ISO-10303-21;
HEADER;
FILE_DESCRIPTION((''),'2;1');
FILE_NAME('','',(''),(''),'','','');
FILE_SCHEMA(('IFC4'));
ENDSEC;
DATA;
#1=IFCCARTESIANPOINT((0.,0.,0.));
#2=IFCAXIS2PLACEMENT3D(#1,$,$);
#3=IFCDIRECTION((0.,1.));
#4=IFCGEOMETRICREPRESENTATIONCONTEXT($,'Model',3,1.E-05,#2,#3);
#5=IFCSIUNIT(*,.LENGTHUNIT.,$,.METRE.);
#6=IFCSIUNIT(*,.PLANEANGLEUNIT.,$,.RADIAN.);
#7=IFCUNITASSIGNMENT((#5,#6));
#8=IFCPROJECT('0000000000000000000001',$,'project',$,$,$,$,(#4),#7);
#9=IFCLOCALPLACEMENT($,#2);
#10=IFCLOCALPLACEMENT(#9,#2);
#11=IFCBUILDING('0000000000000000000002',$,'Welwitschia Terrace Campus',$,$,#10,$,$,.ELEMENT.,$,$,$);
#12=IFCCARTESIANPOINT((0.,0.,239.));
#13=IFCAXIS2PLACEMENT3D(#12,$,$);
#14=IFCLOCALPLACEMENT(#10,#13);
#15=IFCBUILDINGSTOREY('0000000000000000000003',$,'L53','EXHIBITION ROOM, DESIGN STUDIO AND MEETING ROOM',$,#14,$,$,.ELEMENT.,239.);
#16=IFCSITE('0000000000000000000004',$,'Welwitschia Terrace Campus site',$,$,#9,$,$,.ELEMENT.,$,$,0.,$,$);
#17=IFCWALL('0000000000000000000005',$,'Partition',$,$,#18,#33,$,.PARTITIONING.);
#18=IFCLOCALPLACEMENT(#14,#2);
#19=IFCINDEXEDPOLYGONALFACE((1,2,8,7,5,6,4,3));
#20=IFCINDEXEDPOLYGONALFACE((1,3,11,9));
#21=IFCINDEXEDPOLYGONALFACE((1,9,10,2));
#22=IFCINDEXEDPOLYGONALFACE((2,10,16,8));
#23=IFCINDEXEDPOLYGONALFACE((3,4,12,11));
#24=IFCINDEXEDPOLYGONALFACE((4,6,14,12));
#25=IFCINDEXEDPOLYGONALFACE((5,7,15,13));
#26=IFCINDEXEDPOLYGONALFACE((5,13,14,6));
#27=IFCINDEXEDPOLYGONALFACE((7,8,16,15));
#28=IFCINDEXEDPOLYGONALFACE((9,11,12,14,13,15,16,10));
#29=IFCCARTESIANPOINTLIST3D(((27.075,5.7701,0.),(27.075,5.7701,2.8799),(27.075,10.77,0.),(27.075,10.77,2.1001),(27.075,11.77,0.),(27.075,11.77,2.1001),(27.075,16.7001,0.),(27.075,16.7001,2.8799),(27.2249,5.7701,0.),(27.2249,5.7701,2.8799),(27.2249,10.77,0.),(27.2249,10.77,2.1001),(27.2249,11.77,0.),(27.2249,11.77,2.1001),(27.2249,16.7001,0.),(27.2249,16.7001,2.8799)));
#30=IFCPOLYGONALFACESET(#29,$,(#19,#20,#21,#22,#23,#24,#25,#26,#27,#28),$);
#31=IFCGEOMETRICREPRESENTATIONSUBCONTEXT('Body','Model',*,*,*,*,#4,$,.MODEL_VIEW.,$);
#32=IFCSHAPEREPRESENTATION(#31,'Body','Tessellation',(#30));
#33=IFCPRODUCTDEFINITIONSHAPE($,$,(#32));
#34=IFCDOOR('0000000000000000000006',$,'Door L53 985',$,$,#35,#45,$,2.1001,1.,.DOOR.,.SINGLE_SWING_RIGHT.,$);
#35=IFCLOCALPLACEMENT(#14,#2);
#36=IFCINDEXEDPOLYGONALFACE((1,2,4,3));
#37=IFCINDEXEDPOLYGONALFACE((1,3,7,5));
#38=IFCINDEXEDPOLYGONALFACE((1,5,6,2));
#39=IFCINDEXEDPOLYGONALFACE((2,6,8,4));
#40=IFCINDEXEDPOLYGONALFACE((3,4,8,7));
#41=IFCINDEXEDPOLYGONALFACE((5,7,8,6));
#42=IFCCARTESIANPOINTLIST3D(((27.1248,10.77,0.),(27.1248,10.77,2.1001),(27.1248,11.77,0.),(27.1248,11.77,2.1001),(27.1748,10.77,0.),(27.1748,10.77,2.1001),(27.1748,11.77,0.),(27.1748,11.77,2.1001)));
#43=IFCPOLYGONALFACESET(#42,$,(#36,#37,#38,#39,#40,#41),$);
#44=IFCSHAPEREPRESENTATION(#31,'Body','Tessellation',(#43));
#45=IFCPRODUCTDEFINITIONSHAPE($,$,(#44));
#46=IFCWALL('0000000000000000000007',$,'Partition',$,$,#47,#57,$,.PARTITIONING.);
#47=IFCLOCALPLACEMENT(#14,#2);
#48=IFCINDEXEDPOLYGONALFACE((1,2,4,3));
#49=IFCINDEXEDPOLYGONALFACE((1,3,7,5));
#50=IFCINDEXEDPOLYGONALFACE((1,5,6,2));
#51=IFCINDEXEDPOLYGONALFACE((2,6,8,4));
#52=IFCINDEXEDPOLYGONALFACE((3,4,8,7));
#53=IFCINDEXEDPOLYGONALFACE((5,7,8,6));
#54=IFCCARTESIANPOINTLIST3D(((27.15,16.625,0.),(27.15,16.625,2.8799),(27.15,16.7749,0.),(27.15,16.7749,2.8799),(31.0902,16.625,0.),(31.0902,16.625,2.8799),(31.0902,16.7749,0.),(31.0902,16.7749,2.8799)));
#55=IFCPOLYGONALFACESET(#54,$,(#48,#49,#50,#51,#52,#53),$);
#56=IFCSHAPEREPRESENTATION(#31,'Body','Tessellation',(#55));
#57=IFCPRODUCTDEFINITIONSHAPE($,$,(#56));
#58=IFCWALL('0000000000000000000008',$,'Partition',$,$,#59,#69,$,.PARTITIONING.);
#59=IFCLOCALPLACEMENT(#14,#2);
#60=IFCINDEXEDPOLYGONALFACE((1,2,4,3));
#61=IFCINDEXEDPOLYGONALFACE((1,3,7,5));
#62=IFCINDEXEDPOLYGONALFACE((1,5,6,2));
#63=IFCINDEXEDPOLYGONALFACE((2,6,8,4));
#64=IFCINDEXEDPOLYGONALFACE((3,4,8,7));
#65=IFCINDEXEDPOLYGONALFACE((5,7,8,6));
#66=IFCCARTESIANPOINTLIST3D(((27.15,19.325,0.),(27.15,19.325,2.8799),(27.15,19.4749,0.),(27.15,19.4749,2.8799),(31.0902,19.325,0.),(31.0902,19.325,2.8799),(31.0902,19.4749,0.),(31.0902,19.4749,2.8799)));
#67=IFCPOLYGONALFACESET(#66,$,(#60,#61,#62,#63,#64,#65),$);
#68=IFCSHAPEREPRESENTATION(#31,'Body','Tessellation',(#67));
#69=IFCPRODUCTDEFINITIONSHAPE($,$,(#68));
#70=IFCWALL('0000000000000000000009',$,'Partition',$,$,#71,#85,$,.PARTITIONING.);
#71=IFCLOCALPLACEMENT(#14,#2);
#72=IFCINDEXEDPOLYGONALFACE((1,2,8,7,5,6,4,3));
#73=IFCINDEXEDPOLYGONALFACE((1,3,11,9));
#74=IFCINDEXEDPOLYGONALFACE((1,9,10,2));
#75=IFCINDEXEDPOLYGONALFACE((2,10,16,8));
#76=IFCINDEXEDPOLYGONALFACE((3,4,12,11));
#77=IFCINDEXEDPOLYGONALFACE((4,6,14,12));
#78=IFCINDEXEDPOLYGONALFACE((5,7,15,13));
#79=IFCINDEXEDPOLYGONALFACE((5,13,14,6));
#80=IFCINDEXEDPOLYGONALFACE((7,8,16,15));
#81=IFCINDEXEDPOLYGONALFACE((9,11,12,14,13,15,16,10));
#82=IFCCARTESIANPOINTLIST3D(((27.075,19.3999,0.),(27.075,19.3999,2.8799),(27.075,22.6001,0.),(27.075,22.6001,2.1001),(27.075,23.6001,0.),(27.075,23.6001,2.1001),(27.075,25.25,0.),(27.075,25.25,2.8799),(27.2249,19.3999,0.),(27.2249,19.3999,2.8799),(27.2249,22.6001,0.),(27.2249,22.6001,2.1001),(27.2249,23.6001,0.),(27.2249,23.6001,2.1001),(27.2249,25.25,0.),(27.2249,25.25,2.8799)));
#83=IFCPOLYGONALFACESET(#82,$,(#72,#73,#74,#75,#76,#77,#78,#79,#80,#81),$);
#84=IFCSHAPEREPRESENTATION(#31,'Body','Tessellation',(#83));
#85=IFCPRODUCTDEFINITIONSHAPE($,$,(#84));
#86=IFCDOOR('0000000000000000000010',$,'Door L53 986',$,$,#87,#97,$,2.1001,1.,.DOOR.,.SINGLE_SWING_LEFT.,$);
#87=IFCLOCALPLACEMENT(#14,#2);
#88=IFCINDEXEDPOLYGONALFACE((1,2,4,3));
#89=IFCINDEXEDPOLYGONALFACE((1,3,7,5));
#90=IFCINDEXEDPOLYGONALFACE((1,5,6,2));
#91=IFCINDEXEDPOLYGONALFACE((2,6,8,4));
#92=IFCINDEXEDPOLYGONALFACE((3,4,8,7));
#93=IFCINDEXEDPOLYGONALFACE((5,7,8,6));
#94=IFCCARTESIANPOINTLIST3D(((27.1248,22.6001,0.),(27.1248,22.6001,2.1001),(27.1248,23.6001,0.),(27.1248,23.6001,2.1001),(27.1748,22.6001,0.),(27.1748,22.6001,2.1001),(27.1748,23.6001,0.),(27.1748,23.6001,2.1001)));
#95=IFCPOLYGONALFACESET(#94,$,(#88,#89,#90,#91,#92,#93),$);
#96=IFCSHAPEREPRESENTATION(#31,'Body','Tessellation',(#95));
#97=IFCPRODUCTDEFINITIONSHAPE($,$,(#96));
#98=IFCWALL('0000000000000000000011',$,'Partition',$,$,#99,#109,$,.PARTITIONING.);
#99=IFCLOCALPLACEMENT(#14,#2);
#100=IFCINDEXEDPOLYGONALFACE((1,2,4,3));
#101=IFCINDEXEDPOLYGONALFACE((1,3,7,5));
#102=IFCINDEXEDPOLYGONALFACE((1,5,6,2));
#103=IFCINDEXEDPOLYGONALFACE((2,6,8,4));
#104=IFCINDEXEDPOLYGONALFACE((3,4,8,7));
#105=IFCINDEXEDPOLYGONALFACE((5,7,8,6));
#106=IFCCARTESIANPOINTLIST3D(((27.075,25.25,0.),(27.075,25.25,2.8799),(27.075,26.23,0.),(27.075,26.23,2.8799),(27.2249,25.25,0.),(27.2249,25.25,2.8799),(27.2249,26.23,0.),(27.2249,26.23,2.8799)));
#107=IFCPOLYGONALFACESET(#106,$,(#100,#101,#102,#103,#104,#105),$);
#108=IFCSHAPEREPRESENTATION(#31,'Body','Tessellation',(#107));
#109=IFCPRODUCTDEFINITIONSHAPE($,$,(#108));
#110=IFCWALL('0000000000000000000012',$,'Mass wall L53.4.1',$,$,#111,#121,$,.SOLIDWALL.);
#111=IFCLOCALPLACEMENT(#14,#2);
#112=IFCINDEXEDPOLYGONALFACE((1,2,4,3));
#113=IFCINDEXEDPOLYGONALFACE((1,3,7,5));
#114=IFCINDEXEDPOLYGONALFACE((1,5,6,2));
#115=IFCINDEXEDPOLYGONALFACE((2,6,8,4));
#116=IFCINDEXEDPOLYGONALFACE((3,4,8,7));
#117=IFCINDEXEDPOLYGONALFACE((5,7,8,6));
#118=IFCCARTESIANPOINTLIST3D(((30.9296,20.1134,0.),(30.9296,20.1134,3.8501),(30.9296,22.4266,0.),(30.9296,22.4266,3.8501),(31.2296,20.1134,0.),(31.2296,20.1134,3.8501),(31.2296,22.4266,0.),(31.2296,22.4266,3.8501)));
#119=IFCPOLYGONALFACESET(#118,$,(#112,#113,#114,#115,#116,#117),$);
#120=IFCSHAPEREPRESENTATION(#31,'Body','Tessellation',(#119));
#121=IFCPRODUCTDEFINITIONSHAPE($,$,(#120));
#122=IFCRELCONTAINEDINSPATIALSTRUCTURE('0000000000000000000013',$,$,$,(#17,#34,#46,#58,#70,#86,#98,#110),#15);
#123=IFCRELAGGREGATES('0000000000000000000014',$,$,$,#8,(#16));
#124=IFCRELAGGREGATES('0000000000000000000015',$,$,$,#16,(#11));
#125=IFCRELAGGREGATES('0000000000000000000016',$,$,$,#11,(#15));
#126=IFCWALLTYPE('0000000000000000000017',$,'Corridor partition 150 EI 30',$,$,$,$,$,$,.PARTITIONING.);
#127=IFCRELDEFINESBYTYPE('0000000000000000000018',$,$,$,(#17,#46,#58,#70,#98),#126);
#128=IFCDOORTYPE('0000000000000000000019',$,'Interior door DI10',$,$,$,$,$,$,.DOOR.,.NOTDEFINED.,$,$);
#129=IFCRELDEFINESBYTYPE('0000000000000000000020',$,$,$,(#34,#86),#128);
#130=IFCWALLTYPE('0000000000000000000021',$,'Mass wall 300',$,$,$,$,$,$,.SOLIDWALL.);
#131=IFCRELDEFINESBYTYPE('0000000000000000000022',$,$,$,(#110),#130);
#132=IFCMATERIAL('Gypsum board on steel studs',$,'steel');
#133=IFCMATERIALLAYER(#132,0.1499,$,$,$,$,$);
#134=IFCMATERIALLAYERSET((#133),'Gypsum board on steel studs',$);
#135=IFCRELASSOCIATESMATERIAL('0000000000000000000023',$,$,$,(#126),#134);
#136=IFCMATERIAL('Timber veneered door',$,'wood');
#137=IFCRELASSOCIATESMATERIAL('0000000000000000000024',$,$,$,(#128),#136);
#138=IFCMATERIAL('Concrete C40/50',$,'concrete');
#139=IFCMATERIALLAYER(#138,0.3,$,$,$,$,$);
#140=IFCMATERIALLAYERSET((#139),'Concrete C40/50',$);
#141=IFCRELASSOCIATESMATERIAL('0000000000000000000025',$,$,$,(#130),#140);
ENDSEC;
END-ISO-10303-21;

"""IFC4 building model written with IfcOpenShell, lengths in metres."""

from ifc_helpers import new_model, si_unit, direction, frame, frame_2d, origin, place, context, subcontext, project, spatial, rectangle, extrude, material, layer, layer_set, type_object, element, fill, save


model = new_model("IFC4")

# Units and contexts
model_context = context("Model", 3, precision=1e-05, world=origin(), true_north=direction((0.0, 1.0)))
body_context = subcontext(model_context, "Body", "Model", "MODEL_VIEW")
ifc_project = project(units=[si_unit("LENGTHUNIT", "METRE"), si_unit("PLANEANGLEUNIT", "RADIAN")], contexts=[model_context])

# Site, building, storey
site_placement = place(None, origin())
site = spatial("IfcSite", under=ifc_project, at=site_placement, Name="Welwitschia Terrace Campus site", CompositionType="ELEMENT", RefElevation=0.0)
building_placement = place(site_placement, origin())
building = spatial("IfcBuilding", under=site, at=building_placement, Name="Welwitschia Terrace Campus", CompositionType="ELEMENT")
storey_placement = place(building_placement, frame((0.0, 0.0, 239.0)))
storey = spatial("IfcBuildingStorey", under=building, at=storey_placement, Name="L53", Description="EXHIBITION ROOM, DESIGN STUDIO AND MEETING ROOM", CompositionType="ELEMENT", Elevation=239.0)

# Wall, opening, door
ifc_material_1 = material(Name="Gypsum board on steel studs", Category="steel")
ifc_layer_1 = layer(ifc_material_1, 0.1499)
ifc_layer_set_1 = layer_set([ifc_layer_1], Name="Gypsum board on steel studs")
wall_type_1 = type_object("IfcWallType", Name="Corridor partition 150 EI 30", PredefinedType="PARTITIONING", material=ifc_layer_set_1)
wall_1_placement = place(storey_placement, frame((27.1499, 16.7, 0.0), z_axis=(0.0, 0.0, 1.0), x_axis=(0.0, -1.0, 0.0)))
wall_1 = element("IfcWall", 1, at=wall_1_placement, inside=storey, type_object=wall_type_1, Name="Partition", PredefinedType="PARTITIONING", context=body_context, shape_type="SweptSolid", body=[
    extrude(rectangle(XDim=10.9299, YDim=0.1499, at=frame_2d((5.4648, 0.0))), origin(), (0.0, 0.0, 1.0), 2.8799),
])
opening_1_placement = place(wall_1_placement, frame((4.9299, 0.0, 0.0)))
opening_1 = element("IfcOpeningElement", 2, at=opening_1_placement, cuts=wall_1, PredefinedType="OPENING", context=body_context, shape_type="SweptSolid", body=[
    extrude(rectangle(XDim=1.0, YDim=2.1001, at=frame_2d((0.5, 1.05))), frame((0.0, 0.085, 0.0), z_axis=(0.0, -1.0, 0.0), x_axis=(1.0, 0.0, 0.0)), (0.0, 0.0, 1.0), 0.1699),
])
ifc_material_2 = material(Name="Timber veneered door", Category="wood")
door_type = type_object("IfcDoorType", Name="Interior door DI10", OperationType="NOTDEFINED", PredefinedType="DOOR", material=ifc_material_2)
door_1_placement = place(opening_1_placement, origin())
door_1 = element("IfcDoor", 3, at=door_1_placement, inside=storey, type_object=door_type, Name="Door L53 985", OperationType="SINGLE_SWING_RIGHT", OverallHeight=2.1001, OverallWidth=1.0, PredefinedType="DOOR", context=body_context, shape_type="SweptSolid", body=[
    extrude(rectangle(XDim=1.0, YDim=2.1001, at=frame_2d((0.5, 1.05))), frame((0.0, 0.0249, 0.0), z_axis=(0.0, -1.0, 0.0), x_axis=(1.0, 0.0, 0.0)), (0.0, 0.0, 1.0), 0.05),
])
fill(opening_1, door_1)

# Walls
for number, where, z_axis, x_axis, name in (
    (4, (27.1499, 16.7, 0.0), (0.0, 0.0, 1.0), (1.0, 0.0, 0.0), "Partition"),
    (5, (27.1499, 19.3999, 0.0), (0.0, 0.0, 1.0), (1.0, 0.0, 0.0), "Partition"),
):
    element("IfcWall", number, at=place(storey_placement, frame(where, z_axis=z_axis, x_axis=x_axis)), inside=storey, type_object=wall_type_1, Name=name, PredefinedType="PARTITIONING", context=body_context, shape_type="SweptSolid", body=[
        extrude(rectangle(XDim=3.9402, YDim=0.1499, at=frame_2d((1.9702, 0.0))), origin(), (0.0, 0.0, 1.0), 2.8799),
    ])

# Wall, opening, door
wall_2_placement = place(storey_placement, frame((27.1499, 25.25, 0.0), z_axis=(0.0, 0.0, 1.0), x_axis=(0.0, -1.0, 0.0)))
wall_2 = element("IfcWall", 6, at=wall_2_placement, inside=storey, type_object=wall_type_1, Name="Partition", PredefinedType="PARTITIONING", context=body_context, shape_type="SweptSolid", body=[
    extrude(rectangle(XDim=5.8501, YDim=0.1499, at=frame_2d((2.925, 0.0))), origin(), (0.0, 0.0, 1.0), 2.8799),
])
opening_2_placement = place(wall_2_placement, frame((1.6499, 0.0, 0.0)))
opening_2 = element("IfcOpeningElement", 7, at=opening_2_placement, cuts=wall_2, PredefinedType="OPENING", context=body_context, shape_type="SweptSolid", body=[
    extrude(rectangle(XDim=1.0, YDim=2.1001, at=frame_2d((0.5, 1.05))), frame((0.0, 0.085, 0.0), z_axis=(0.0, -1.0, 0.0), x_axis=(1.0, 0.0, 0.0)), (0.0, 0.0, 1.0), 0.1699),
])
door_2_placement = place(opening_2_placement, origin())
door_2 = element("IfcDoor", 8, at=door_2_placement, inside=storey, type_object=door_type, Name="Door L53 986", OperationType="SINGLE_SWING_LEFT", OverallHeight=2.1001, OverallWidth=1.0, PredefinedType="DOOR", context=body_context, shape_type="SweptSolid", body=[
    extrude(rectangle(XDim=1.0, YDim=2.1001, at=frame_2d((0.5, 1.05))), frame((0.0, 0.0249, 0.0), z_axis=(0.0, -1.0, 0.0), x_axis=(1.0, 0.0, 0.0)), (0.0, 0.0, 1.0), 0.05),
])
fill(opening_2, door_2)

# Walls
wall_3_placement = place(storey_placement, frame((27.1499, 25.25, 0.0), z_axis=(0.0, 0.0, 1.0), x_axis=(0.0, 1.0, 0.0)))
element("IfcWall", 9, at=wall_3_placement, inside=storey, type_object=wall_type_1, Name="Partition", PredefinedType="PARTITIONING", context=body_context, shape_type="SweptSolid", body=[
    extrude(rectangle(XDim=0.98, YDim=0.1499, at=frame_2d((0.49, 0.0))), origin(), (0.0, 0.0, 1.0), 2.8799),
])
ifc_material_3 = material(Name="Concrete C40/50", Category="concrete")
ifc_layer_2 = layer(ifc_material_3, 0.3)
ifc_layer_set_2 = layer_set([ifc_layer_2], Name="Concrete C40/50")
wall_type_2 = type_object("IfcWallType", Name="Mass wall 300", PredefinedType="SOLIDWALL", material=ifc_layer_set_2)
wall_4_placement = place(storey_placement, frame((31.0796, 20.1133, 0.0), z_axis=(0.0, 0.0, 1.0), x_axis=(0.0, 1.0, 0.0)))
element("IfcWall", 10, at=wall_4_placement, inside=storey, type_object=wall_type_2, Name="Mass wall L53.4.1", PredefinedType="SOLIDWALL", context=body_context, shape_type="SweptSolid", body=[
    extrude(rectangle(XDim=2.3132, YDim=0.3, at=frame_2d((1.1567, 0.0))), origin(), (0.0, 0.0, 1.0), 3.8501),
])

save(model, "model.ifc")
